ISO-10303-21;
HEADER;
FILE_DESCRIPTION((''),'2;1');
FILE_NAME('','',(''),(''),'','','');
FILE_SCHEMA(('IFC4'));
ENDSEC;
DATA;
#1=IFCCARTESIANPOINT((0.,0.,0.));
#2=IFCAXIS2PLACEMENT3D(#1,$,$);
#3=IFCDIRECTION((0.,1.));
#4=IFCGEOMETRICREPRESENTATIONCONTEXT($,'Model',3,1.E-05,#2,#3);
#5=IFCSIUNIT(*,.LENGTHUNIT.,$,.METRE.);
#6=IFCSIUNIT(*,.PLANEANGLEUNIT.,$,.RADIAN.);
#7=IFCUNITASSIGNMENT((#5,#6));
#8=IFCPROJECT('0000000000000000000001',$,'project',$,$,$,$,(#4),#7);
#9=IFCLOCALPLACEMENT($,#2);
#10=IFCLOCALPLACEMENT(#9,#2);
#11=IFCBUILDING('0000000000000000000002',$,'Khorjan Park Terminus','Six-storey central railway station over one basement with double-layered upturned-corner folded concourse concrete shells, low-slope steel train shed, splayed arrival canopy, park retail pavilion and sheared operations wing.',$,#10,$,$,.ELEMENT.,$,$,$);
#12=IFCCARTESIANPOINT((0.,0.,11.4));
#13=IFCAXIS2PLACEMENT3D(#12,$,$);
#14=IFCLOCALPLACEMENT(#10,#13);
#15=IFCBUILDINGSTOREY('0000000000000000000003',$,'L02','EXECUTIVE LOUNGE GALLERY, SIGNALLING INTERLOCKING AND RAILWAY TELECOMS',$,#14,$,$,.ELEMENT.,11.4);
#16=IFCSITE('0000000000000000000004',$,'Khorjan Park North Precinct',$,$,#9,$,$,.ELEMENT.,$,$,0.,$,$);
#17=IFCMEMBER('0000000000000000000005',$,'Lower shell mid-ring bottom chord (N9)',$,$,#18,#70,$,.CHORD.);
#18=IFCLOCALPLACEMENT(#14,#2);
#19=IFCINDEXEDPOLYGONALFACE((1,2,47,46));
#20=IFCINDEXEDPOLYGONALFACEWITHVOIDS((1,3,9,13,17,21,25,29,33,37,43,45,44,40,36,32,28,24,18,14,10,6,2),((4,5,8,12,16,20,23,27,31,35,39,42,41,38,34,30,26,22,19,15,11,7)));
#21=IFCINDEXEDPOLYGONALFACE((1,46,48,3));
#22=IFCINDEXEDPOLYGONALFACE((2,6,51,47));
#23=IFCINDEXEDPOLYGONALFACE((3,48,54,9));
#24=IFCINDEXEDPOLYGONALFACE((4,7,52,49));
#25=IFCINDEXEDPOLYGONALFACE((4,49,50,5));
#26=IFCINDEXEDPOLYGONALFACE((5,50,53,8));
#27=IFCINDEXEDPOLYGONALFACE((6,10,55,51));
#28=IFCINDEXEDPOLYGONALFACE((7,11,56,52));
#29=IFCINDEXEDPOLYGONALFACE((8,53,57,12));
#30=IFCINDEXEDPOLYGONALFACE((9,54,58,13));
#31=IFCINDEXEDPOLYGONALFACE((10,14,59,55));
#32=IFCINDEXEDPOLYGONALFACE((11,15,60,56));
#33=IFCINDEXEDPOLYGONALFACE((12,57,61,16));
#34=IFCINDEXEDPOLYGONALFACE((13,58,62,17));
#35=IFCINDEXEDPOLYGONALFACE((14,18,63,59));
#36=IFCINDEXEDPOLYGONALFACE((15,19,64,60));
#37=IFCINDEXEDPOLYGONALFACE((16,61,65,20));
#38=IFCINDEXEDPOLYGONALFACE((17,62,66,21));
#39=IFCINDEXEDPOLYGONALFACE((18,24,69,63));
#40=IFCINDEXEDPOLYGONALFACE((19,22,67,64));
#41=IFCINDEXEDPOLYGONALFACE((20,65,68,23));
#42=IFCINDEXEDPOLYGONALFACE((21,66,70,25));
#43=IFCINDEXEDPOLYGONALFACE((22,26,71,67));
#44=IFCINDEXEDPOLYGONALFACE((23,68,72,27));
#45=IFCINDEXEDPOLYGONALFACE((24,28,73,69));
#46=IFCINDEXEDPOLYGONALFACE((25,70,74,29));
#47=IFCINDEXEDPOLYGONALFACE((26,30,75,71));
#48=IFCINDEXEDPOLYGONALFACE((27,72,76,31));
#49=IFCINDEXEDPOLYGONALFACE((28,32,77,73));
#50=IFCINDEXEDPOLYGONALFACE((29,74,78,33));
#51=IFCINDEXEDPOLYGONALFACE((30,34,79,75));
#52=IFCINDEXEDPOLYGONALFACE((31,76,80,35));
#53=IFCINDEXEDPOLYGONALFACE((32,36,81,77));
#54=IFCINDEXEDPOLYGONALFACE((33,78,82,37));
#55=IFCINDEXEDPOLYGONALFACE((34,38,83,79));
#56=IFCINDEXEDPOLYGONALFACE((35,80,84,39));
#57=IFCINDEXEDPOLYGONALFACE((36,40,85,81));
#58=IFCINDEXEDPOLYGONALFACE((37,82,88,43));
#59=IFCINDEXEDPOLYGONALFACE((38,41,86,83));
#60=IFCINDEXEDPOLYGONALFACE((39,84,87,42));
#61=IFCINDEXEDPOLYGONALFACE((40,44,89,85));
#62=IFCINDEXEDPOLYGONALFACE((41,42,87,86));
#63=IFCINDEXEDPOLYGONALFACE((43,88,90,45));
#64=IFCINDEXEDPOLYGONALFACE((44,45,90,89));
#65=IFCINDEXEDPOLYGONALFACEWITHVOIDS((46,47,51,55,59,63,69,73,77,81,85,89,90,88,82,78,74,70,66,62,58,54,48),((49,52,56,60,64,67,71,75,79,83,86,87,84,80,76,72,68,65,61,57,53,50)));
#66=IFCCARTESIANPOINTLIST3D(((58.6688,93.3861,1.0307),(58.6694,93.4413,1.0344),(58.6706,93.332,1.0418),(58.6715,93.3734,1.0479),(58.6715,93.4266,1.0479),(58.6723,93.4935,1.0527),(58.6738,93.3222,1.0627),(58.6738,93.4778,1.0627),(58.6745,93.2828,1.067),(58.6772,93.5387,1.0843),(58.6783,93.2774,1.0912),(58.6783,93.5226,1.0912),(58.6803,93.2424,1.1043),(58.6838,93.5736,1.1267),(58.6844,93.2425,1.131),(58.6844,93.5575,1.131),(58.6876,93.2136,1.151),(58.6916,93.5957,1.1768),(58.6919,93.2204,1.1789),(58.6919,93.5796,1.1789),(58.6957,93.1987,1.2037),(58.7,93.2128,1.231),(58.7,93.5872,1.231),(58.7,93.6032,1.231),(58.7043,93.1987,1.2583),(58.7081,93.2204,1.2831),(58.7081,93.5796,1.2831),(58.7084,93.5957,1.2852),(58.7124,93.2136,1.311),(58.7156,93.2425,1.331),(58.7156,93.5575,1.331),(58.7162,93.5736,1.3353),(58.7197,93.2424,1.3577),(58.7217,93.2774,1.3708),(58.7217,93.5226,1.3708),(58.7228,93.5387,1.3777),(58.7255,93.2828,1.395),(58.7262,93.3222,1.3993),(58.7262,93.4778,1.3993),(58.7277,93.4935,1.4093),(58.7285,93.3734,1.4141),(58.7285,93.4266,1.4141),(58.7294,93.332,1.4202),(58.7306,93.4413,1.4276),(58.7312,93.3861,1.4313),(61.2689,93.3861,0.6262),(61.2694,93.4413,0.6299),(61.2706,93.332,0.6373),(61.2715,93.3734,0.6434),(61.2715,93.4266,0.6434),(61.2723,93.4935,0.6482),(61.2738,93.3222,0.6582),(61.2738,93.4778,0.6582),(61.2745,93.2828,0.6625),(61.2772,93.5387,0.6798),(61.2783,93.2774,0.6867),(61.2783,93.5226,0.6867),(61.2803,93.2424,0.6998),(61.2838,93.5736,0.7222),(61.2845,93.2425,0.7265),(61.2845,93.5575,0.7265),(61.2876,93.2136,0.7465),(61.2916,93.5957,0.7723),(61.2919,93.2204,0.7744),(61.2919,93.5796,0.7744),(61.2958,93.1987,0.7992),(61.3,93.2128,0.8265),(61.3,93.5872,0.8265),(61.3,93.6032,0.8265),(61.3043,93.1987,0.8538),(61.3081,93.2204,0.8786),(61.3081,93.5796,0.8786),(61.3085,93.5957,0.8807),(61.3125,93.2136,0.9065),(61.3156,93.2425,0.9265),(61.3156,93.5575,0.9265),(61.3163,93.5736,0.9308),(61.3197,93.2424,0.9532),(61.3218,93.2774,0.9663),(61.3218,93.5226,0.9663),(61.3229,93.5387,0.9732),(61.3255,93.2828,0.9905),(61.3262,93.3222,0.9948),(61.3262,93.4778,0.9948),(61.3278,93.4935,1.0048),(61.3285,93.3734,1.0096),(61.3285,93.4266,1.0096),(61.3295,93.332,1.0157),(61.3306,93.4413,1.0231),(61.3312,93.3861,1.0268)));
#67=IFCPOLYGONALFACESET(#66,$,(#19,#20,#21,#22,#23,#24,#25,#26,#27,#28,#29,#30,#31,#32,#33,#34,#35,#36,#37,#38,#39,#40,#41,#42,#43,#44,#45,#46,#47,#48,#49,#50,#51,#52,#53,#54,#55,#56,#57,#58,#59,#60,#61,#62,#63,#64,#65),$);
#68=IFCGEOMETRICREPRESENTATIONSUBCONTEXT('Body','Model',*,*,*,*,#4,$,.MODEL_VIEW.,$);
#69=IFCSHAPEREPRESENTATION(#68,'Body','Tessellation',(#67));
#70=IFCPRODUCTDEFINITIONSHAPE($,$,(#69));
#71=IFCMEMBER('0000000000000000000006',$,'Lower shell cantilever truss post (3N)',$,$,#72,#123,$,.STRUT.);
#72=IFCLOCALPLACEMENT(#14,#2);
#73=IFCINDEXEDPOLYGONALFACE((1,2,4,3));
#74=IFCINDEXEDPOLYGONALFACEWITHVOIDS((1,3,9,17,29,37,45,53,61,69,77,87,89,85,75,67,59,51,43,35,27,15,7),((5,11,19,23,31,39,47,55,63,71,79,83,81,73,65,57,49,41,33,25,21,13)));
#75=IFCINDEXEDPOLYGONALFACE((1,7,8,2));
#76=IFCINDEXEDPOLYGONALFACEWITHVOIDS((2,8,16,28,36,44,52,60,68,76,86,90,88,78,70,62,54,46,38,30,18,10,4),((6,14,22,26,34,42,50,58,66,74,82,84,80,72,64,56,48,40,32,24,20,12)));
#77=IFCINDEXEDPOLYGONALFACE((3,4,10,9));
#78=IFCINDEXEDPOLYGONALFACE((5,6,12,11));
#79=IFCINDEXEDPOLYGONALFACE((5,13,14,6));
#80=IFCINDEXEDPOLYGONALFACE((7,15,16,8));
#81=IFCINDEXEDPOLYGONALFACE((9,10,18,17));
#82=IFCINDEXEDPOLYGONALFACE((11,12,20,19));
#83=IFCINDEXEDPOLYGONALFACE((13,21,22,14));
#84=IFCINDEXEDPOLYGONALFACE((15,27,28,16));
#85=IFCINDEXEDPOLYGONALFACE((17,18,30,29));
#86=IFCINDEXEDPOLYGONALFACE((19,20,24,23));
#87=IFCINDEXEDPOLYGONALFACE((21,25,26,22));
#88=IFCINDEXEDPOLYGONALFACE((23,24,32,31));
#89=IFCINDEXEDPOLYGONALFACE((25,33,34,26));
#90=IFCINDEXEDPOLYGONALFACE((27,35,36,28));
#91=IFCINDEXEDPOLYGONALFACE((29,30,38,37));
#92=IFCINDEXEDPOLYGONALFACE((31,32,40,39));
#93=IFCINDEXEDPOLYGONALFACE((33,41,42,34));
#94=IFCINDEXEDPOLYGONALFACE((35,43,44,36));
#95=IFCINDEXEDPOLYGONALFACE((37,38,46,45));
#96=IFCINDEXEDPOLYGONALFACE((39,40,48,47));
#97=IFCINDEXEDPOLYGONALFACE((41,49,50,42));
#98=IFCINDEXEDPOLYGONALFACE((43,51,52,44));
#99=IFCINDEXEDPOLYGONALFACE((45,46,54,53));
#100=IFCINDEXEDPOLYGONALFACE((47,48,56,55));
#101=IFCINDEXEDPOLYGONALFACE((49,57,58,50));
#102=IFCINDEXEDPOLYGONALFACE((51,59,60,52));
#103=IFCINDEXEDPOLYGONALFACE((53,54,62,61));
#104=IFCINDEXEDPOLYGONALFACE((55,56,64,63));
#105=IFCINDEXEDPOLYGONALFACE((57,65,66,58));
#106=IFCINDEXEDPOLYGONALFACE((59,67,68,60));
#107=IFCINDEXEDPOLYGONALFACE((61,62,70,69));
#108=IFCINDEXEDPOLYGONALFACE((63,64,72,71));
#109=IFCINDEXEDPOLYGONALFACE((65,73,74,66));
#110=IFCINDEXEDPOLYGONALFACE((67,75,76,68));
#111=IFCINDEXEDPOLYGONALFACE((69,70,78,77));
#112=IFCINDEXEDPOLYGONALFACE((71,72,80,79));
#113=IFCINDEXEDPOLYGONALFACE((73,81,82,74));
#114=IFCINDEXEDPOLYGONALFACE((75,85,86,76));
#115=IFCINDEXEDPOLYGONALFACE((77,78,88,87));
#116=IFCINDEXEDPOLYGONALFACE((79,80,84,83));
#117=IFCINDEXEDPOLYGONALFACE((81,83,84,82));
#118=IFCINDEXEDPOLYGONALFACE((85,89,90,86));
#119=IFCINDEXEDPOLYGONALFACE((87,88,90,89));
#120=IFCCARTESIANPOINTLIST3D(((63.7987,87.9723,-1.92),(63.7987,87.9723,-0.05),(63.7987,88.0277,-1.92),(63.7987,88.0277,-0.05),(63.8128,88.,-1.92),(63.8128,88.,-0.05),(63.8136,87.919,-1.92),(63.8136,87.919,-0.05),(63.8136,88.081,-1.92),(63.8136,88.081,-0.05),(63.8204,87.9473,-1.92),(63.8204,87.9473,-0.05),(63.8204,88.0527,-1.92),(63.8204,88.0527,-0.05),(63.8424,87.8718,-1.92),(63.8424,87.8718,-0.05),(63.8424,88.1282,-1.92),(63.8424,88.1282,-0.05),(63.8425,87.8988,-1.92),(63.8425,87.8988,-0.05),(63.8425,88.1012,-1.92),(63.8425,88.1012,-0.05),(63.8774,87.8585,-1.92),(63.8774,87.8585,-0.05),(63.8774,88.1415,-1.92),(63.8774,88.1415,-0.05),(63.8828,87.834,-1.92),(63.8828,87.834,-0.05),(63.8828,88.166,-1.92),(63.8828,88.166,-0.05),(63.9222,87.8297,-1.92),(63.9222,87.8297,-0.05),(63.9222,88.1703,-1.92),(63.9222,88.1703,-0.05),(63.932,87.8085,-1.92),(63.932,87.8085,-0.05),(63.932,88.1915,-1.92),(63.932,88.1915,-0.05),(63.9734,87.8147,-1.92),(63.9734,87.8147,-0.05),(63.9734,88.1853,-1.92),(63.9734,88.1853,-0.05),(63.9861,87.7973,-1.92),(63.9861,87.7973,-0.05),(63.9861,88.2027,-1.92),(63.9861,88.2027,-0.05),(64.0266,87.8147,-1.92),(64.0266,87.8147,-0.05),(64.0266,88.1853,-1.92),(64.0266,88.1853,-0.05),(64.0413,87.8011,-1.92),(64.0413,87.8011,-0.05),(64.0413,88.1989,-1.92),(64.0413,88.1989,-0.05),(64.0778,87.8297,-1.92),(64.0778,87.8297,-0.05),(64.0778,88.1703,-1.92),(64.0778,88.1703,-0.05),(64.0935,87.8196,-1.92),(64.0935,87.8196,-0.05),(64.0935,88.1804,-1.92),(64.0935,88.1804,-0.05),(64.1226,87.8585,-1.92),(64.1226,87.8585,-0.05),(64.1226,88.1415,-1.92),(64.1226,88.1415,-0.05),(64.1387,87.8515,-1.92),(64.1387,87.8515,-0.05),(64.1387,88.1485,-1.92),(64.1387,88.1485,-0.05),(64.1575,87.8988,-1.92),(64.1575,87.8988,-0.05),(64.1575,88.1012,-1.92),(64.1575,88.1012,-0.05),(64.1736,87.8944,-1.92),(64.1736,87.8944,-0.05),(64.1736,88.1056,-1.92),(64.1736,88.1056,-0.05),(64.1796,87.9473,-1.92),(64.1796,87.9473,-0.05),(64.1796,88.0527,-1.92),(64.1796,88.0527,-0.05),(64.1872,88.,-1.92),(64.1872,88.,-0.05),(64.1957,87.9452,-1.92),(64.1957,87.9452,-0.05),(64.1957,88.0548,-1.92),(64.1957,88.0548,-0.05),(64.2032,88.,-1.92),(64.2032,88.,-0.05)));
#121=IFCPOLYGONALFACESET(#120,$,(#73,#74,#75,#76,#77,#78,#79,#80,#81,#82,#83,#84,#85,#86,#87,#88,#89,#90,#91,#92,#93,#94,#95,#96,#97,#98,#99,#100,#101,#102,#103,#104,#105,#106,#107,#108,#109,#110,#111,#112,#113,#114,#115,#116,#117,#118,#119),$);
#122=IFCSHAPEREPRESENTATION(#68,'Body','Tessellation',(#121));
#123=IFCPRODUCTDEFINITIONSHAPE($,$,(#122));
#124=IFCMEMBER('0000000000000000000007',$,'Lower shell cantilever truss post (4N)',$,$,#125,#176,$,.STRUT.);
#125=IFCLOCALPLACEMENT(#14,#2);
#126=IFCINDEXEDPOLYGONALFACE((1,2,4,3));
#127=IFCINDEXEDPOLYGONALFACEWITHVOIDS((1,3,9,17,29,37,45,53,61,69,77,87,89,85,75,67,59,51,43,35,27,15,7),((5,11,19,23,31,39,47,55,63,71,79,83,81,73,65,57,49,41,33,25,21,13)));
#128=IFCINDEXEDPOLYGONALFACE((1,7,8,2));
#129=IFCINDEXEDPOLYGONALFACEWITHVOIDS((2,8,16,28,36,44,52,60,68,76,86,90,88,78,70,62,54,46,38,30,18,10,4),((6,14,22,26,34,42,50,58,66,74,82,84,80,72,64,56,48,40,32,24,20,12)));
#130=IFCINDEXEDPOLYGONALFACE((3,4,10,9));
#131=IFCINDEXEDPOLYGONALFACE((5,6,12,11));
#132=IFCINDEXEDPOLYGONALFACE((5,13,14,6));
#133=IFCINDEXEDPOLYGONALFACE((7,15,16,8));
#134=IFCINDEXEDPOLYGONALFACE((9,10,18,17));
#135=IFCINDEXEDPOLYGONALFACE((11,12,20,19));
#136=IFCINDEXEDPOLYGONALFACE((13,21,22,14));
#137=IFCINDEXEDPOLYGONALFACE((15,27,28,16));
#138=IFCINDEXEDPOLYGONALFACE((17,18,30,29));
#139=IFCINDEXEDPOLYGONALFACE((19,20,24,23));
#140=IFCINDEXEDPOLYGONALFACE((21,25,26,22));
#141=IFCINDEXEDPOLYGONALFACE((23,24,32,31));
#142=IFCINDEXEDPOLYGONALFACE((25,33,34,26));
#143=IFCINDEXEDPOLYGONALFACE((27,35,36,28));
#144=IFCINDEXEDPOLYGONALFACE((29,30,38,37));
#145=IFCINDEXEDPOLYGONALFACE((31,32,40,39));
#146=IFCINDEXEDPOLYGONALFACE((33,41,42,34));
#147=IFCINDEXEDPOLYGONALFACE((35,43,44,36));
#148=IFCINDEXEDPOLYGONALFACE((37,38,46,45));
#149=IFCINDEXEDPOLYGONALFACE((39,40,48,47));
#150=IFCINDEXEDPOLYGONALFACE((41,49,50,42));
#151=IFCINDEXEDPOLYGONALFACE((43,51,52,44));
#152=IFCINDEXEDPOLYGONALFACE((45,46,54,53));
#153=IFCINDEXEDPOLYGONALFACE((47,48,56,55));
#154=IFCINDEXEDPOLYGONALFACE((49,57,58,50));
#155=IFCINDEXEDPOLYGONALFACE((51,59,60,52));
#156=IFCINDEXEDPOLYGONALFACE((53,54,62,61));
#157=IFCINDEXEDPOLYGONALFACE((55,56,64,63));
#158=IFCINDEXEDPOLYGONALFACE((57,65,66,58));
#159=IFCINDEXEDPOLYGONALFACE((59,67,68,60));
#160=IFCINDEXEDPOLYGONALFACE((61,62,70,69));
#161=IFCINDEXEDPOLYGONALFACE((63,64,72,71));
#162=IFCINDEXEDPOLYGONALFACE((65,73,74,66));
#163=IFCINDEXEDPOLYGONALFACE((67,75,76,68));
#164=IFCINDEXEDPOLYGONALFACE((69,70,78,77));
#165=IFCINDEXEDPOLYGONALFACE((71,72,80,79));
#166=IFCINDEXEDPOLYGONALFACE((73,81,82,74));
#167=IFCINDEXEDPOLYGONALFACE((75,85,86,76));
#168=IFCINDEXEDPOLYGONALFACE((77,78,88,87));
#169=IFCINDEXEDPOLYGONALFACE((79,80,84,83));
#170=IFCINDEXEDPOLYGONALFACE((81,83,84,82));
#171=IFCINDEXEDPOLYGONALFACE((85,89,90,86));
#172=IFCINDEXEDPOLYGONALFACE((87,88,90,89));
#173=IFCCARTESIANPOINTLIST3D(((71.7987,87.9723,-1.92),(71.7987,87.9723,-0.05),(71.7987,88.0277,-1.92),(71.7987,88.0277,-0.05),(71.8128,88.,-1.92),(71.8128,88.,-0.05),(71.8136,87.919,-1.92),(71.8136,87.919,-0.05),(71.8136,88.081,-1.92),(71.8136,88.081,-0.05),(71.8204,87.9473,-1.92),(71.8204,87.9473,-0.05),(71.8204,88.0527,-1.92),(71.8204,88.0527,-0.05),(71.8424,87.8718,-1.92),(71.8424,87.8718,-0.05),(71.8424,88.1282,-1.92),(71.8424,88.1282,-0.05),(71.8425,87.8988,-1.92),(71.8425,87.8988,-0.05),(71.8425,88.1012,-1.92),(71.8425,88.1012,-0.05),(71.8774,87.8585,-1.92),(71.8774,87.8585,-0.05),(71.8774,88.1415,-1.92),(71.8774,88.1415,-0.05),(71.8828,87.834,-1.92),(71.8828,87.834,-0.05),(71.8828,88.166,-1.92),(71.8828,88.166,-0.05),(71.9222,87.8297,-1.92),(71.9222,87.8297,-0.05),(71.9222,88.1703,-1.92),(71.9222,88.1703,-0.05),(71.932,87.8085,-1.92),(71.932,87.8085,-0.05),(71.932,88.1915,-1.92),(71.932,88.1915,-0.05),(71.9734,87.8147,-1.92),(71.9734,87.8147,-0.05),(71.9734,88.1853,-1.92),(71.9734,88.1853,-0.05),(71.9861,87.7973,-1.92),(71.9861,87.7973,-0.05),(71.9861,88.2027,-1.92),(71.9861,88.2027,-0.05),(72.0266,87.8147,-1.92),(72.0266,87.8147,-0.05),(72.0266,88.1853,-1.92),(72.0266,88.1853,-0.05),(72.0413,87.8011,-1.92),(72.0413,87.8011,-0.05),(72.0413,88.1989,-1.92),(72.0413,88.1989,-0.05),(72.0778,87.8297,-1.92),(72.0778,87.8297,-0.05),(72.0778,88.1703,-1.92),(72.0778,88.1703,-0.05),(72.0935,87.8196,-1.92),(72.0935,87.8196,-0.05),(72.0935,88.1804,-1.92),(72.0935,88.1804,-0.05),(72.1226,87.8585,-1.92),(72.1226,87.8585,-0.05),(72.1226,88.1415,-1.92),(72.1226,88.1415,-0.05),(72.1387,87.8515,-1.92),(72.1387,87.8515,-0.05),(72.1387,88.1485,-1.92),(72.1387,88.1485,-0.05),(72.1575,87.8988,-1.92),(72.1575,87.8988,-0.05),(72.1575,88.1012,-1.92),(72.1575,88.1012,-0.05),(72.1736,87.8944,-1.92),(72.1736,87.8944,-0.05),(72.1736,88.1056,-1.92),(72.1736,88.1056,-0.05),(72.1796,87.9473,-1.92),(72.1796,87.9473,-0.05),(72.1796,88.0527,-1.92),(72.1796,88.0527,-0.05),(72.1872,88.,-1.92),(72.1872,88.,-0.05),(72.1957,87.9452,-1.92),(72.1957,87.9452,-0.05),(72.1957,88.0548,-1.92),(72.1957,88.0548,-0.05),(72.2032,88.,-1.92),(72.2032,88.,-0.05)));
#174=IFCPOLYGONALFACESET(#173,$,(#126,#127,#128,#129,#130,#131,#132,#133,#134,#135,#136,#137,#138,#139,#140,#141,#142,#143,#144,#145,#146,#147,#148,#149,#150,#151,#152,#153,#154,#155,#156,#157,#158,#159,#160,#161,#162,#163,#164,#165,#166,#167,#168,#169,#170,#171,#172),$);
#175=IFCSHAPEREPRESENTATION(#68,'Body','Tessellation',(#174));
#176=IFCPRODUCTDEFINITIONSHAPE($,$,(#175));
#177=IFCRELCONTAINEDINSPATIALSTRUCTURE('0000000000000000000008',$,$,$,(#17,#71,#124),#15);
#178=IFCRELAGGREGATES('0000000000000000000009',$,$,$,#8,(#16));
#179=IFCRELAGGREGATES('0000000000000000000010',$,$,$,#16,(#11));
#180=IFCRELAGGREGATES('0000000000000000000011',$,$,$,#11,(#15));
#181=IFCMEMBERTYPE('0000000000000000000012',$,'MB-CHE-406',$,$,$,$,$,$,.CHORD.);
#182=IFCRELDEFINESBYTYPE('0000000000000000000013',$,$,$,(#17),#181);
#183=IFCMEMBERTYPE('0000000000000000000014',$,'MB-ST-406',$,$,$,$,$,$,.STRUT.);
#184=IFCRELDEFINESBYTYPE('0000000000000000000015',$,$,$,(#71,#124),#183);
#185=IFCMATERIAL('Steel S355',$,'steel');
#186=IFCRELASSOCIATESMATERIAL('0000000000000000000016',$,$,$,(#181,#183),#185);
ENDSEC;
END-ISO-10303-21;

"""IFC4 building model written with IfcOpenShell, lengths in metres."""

from ifc_helpers import new_model, si_unit, direction, frame, origin, origin_2d, place, context, subcontext, project, spatial, hollow_circle, extrude, material, material_profile, profile_set, type_object, element, save


model = new_model("IFC4")

# Units and contexts
model_context = context("Model", 3, precision=1e-05, world=origin(), true_north=direction((0.0, 1.0)))
body_context = subcontext(model_context, "Body", "Model", "MODEL_VIEW")
ifc_project = project(units=[si_unit("LENGTHUNIT", "METRE"), si_unit("PLANEANGLEUNIT", "RADIAN")], contexts=[model_context])

# Site, building, storey
site_placement = place(None, origin())
site = spatial("IfcSite", under=ifc_project, at=site_placement, Name="Khorjan Park North Precinct", CompositionType="ELEMENT", RefElevation=0.0)
building_placement = place(site_placement, origin())
building = spatial("IfcBuilding", under=site, at=building_placement, Name="Khorjan Park Terminus", Description="Six-storey central railway station over one basement with double-layered upturned-corner folded concourse concrete shells, low-slope steel train shed, splayed arrival canopy, park retail pavilion and sheared operations wing.", CompositionType="ELEMENT")
storey_placement = place(building_placement, frame((0.0, 0.0, 11.4)))
storey = spatial("IfcBuildingStorey", under=building, at=storey_placement, Name="L02", Description="EXECUTIVE LOUNGE GALLERY, SIGNALLING INTERLOCKING AND RAILWAY TELECOMS", CompositionType="ELEMENT", Elevation=11.4)

# Members
ifc_material_1 = material(Name="Steel S355", Category="steel")
ifc_material_profile_1 = material_profile(ifc_material_1, hollow_circle(Radius=0.2032, WallThickness=0.016, at=origin_2d()), Name="CHS 406.4x16")
ifc_profile_set_1 = profile_set([ifc_material_profile_1], Name="Steel S355")
member_type_1 = type_object("IfcMemberType", Name="MB-CHE-406", PredefinedType="CHORD", material=ifc_profile_set_1)
for number, where, z_axis, x_axis, name in (
    (1, (58.7, 93.4, 1.231), (0.988113, 0.0, -0.153728), (0.0, 1.0, 0.0), "Lower shell mid-ring bottom chord (N9)"),
):
    element("IfcMember", number, at=place(storey_placement, frame(where, z_axis=z_axis, x_axis=x_axis)), inside=storey, type_object=member_type_1, Name=name, PredefinedType="CHORD", context=body_context, shape_type="SweptSolid", body=[
        extrude(hollow_circle(Radius=0.2032, WallThickness=0.016, at=origin_2d()), origin(), (0.0, 0.0, 1.0), 2.6313),
    ])
ifc_material_profile_2 = material_profile(ifc_material_1, hollow_circle(Radius=0.2032, WallThickness=0.016, at=origin_2d()), Name="CHS 406.4x16")
ifc_profile_set_2 = profile_set([ifc_material_profile_2], Name="Steel S355")
member_type_2 = type_object("IfcMemberType", Name="MB-ST-406", PredefinedType="STRUT", material=ifc_profile_set_2)
for number, where, z_axis, x_axis, name in (
    (2, (64.0, 88.0, -1.92), (0.0, 0.0, 1.0), (1.0, 0.0, 0.0), "Lower shell cantilever truss post (3N)"),
    (3, (72.0, 88.0, -1.92), (0.0, 0.0, 1.0), (1.0, 0.0, 0.0), "Lower shell cantilever truss post (4N)"),
):
    element("IfcMember", number, at=place(storey_placement, frame(where, z_axis=z_axis, x_axis=x_axis)), inside=storey, type_object=member_type_2, Name=name, PredefinedType="STRUT", context=body_context, shape_type="SweptSolid", body=[
        extrude(hollow_circle(Radius=0.2032, WallThickness=0.016, at=origin_2d()), origin(), (0.0, 0.0, 1.0), 1.87),
    ])

save(model, "model.ifc")
